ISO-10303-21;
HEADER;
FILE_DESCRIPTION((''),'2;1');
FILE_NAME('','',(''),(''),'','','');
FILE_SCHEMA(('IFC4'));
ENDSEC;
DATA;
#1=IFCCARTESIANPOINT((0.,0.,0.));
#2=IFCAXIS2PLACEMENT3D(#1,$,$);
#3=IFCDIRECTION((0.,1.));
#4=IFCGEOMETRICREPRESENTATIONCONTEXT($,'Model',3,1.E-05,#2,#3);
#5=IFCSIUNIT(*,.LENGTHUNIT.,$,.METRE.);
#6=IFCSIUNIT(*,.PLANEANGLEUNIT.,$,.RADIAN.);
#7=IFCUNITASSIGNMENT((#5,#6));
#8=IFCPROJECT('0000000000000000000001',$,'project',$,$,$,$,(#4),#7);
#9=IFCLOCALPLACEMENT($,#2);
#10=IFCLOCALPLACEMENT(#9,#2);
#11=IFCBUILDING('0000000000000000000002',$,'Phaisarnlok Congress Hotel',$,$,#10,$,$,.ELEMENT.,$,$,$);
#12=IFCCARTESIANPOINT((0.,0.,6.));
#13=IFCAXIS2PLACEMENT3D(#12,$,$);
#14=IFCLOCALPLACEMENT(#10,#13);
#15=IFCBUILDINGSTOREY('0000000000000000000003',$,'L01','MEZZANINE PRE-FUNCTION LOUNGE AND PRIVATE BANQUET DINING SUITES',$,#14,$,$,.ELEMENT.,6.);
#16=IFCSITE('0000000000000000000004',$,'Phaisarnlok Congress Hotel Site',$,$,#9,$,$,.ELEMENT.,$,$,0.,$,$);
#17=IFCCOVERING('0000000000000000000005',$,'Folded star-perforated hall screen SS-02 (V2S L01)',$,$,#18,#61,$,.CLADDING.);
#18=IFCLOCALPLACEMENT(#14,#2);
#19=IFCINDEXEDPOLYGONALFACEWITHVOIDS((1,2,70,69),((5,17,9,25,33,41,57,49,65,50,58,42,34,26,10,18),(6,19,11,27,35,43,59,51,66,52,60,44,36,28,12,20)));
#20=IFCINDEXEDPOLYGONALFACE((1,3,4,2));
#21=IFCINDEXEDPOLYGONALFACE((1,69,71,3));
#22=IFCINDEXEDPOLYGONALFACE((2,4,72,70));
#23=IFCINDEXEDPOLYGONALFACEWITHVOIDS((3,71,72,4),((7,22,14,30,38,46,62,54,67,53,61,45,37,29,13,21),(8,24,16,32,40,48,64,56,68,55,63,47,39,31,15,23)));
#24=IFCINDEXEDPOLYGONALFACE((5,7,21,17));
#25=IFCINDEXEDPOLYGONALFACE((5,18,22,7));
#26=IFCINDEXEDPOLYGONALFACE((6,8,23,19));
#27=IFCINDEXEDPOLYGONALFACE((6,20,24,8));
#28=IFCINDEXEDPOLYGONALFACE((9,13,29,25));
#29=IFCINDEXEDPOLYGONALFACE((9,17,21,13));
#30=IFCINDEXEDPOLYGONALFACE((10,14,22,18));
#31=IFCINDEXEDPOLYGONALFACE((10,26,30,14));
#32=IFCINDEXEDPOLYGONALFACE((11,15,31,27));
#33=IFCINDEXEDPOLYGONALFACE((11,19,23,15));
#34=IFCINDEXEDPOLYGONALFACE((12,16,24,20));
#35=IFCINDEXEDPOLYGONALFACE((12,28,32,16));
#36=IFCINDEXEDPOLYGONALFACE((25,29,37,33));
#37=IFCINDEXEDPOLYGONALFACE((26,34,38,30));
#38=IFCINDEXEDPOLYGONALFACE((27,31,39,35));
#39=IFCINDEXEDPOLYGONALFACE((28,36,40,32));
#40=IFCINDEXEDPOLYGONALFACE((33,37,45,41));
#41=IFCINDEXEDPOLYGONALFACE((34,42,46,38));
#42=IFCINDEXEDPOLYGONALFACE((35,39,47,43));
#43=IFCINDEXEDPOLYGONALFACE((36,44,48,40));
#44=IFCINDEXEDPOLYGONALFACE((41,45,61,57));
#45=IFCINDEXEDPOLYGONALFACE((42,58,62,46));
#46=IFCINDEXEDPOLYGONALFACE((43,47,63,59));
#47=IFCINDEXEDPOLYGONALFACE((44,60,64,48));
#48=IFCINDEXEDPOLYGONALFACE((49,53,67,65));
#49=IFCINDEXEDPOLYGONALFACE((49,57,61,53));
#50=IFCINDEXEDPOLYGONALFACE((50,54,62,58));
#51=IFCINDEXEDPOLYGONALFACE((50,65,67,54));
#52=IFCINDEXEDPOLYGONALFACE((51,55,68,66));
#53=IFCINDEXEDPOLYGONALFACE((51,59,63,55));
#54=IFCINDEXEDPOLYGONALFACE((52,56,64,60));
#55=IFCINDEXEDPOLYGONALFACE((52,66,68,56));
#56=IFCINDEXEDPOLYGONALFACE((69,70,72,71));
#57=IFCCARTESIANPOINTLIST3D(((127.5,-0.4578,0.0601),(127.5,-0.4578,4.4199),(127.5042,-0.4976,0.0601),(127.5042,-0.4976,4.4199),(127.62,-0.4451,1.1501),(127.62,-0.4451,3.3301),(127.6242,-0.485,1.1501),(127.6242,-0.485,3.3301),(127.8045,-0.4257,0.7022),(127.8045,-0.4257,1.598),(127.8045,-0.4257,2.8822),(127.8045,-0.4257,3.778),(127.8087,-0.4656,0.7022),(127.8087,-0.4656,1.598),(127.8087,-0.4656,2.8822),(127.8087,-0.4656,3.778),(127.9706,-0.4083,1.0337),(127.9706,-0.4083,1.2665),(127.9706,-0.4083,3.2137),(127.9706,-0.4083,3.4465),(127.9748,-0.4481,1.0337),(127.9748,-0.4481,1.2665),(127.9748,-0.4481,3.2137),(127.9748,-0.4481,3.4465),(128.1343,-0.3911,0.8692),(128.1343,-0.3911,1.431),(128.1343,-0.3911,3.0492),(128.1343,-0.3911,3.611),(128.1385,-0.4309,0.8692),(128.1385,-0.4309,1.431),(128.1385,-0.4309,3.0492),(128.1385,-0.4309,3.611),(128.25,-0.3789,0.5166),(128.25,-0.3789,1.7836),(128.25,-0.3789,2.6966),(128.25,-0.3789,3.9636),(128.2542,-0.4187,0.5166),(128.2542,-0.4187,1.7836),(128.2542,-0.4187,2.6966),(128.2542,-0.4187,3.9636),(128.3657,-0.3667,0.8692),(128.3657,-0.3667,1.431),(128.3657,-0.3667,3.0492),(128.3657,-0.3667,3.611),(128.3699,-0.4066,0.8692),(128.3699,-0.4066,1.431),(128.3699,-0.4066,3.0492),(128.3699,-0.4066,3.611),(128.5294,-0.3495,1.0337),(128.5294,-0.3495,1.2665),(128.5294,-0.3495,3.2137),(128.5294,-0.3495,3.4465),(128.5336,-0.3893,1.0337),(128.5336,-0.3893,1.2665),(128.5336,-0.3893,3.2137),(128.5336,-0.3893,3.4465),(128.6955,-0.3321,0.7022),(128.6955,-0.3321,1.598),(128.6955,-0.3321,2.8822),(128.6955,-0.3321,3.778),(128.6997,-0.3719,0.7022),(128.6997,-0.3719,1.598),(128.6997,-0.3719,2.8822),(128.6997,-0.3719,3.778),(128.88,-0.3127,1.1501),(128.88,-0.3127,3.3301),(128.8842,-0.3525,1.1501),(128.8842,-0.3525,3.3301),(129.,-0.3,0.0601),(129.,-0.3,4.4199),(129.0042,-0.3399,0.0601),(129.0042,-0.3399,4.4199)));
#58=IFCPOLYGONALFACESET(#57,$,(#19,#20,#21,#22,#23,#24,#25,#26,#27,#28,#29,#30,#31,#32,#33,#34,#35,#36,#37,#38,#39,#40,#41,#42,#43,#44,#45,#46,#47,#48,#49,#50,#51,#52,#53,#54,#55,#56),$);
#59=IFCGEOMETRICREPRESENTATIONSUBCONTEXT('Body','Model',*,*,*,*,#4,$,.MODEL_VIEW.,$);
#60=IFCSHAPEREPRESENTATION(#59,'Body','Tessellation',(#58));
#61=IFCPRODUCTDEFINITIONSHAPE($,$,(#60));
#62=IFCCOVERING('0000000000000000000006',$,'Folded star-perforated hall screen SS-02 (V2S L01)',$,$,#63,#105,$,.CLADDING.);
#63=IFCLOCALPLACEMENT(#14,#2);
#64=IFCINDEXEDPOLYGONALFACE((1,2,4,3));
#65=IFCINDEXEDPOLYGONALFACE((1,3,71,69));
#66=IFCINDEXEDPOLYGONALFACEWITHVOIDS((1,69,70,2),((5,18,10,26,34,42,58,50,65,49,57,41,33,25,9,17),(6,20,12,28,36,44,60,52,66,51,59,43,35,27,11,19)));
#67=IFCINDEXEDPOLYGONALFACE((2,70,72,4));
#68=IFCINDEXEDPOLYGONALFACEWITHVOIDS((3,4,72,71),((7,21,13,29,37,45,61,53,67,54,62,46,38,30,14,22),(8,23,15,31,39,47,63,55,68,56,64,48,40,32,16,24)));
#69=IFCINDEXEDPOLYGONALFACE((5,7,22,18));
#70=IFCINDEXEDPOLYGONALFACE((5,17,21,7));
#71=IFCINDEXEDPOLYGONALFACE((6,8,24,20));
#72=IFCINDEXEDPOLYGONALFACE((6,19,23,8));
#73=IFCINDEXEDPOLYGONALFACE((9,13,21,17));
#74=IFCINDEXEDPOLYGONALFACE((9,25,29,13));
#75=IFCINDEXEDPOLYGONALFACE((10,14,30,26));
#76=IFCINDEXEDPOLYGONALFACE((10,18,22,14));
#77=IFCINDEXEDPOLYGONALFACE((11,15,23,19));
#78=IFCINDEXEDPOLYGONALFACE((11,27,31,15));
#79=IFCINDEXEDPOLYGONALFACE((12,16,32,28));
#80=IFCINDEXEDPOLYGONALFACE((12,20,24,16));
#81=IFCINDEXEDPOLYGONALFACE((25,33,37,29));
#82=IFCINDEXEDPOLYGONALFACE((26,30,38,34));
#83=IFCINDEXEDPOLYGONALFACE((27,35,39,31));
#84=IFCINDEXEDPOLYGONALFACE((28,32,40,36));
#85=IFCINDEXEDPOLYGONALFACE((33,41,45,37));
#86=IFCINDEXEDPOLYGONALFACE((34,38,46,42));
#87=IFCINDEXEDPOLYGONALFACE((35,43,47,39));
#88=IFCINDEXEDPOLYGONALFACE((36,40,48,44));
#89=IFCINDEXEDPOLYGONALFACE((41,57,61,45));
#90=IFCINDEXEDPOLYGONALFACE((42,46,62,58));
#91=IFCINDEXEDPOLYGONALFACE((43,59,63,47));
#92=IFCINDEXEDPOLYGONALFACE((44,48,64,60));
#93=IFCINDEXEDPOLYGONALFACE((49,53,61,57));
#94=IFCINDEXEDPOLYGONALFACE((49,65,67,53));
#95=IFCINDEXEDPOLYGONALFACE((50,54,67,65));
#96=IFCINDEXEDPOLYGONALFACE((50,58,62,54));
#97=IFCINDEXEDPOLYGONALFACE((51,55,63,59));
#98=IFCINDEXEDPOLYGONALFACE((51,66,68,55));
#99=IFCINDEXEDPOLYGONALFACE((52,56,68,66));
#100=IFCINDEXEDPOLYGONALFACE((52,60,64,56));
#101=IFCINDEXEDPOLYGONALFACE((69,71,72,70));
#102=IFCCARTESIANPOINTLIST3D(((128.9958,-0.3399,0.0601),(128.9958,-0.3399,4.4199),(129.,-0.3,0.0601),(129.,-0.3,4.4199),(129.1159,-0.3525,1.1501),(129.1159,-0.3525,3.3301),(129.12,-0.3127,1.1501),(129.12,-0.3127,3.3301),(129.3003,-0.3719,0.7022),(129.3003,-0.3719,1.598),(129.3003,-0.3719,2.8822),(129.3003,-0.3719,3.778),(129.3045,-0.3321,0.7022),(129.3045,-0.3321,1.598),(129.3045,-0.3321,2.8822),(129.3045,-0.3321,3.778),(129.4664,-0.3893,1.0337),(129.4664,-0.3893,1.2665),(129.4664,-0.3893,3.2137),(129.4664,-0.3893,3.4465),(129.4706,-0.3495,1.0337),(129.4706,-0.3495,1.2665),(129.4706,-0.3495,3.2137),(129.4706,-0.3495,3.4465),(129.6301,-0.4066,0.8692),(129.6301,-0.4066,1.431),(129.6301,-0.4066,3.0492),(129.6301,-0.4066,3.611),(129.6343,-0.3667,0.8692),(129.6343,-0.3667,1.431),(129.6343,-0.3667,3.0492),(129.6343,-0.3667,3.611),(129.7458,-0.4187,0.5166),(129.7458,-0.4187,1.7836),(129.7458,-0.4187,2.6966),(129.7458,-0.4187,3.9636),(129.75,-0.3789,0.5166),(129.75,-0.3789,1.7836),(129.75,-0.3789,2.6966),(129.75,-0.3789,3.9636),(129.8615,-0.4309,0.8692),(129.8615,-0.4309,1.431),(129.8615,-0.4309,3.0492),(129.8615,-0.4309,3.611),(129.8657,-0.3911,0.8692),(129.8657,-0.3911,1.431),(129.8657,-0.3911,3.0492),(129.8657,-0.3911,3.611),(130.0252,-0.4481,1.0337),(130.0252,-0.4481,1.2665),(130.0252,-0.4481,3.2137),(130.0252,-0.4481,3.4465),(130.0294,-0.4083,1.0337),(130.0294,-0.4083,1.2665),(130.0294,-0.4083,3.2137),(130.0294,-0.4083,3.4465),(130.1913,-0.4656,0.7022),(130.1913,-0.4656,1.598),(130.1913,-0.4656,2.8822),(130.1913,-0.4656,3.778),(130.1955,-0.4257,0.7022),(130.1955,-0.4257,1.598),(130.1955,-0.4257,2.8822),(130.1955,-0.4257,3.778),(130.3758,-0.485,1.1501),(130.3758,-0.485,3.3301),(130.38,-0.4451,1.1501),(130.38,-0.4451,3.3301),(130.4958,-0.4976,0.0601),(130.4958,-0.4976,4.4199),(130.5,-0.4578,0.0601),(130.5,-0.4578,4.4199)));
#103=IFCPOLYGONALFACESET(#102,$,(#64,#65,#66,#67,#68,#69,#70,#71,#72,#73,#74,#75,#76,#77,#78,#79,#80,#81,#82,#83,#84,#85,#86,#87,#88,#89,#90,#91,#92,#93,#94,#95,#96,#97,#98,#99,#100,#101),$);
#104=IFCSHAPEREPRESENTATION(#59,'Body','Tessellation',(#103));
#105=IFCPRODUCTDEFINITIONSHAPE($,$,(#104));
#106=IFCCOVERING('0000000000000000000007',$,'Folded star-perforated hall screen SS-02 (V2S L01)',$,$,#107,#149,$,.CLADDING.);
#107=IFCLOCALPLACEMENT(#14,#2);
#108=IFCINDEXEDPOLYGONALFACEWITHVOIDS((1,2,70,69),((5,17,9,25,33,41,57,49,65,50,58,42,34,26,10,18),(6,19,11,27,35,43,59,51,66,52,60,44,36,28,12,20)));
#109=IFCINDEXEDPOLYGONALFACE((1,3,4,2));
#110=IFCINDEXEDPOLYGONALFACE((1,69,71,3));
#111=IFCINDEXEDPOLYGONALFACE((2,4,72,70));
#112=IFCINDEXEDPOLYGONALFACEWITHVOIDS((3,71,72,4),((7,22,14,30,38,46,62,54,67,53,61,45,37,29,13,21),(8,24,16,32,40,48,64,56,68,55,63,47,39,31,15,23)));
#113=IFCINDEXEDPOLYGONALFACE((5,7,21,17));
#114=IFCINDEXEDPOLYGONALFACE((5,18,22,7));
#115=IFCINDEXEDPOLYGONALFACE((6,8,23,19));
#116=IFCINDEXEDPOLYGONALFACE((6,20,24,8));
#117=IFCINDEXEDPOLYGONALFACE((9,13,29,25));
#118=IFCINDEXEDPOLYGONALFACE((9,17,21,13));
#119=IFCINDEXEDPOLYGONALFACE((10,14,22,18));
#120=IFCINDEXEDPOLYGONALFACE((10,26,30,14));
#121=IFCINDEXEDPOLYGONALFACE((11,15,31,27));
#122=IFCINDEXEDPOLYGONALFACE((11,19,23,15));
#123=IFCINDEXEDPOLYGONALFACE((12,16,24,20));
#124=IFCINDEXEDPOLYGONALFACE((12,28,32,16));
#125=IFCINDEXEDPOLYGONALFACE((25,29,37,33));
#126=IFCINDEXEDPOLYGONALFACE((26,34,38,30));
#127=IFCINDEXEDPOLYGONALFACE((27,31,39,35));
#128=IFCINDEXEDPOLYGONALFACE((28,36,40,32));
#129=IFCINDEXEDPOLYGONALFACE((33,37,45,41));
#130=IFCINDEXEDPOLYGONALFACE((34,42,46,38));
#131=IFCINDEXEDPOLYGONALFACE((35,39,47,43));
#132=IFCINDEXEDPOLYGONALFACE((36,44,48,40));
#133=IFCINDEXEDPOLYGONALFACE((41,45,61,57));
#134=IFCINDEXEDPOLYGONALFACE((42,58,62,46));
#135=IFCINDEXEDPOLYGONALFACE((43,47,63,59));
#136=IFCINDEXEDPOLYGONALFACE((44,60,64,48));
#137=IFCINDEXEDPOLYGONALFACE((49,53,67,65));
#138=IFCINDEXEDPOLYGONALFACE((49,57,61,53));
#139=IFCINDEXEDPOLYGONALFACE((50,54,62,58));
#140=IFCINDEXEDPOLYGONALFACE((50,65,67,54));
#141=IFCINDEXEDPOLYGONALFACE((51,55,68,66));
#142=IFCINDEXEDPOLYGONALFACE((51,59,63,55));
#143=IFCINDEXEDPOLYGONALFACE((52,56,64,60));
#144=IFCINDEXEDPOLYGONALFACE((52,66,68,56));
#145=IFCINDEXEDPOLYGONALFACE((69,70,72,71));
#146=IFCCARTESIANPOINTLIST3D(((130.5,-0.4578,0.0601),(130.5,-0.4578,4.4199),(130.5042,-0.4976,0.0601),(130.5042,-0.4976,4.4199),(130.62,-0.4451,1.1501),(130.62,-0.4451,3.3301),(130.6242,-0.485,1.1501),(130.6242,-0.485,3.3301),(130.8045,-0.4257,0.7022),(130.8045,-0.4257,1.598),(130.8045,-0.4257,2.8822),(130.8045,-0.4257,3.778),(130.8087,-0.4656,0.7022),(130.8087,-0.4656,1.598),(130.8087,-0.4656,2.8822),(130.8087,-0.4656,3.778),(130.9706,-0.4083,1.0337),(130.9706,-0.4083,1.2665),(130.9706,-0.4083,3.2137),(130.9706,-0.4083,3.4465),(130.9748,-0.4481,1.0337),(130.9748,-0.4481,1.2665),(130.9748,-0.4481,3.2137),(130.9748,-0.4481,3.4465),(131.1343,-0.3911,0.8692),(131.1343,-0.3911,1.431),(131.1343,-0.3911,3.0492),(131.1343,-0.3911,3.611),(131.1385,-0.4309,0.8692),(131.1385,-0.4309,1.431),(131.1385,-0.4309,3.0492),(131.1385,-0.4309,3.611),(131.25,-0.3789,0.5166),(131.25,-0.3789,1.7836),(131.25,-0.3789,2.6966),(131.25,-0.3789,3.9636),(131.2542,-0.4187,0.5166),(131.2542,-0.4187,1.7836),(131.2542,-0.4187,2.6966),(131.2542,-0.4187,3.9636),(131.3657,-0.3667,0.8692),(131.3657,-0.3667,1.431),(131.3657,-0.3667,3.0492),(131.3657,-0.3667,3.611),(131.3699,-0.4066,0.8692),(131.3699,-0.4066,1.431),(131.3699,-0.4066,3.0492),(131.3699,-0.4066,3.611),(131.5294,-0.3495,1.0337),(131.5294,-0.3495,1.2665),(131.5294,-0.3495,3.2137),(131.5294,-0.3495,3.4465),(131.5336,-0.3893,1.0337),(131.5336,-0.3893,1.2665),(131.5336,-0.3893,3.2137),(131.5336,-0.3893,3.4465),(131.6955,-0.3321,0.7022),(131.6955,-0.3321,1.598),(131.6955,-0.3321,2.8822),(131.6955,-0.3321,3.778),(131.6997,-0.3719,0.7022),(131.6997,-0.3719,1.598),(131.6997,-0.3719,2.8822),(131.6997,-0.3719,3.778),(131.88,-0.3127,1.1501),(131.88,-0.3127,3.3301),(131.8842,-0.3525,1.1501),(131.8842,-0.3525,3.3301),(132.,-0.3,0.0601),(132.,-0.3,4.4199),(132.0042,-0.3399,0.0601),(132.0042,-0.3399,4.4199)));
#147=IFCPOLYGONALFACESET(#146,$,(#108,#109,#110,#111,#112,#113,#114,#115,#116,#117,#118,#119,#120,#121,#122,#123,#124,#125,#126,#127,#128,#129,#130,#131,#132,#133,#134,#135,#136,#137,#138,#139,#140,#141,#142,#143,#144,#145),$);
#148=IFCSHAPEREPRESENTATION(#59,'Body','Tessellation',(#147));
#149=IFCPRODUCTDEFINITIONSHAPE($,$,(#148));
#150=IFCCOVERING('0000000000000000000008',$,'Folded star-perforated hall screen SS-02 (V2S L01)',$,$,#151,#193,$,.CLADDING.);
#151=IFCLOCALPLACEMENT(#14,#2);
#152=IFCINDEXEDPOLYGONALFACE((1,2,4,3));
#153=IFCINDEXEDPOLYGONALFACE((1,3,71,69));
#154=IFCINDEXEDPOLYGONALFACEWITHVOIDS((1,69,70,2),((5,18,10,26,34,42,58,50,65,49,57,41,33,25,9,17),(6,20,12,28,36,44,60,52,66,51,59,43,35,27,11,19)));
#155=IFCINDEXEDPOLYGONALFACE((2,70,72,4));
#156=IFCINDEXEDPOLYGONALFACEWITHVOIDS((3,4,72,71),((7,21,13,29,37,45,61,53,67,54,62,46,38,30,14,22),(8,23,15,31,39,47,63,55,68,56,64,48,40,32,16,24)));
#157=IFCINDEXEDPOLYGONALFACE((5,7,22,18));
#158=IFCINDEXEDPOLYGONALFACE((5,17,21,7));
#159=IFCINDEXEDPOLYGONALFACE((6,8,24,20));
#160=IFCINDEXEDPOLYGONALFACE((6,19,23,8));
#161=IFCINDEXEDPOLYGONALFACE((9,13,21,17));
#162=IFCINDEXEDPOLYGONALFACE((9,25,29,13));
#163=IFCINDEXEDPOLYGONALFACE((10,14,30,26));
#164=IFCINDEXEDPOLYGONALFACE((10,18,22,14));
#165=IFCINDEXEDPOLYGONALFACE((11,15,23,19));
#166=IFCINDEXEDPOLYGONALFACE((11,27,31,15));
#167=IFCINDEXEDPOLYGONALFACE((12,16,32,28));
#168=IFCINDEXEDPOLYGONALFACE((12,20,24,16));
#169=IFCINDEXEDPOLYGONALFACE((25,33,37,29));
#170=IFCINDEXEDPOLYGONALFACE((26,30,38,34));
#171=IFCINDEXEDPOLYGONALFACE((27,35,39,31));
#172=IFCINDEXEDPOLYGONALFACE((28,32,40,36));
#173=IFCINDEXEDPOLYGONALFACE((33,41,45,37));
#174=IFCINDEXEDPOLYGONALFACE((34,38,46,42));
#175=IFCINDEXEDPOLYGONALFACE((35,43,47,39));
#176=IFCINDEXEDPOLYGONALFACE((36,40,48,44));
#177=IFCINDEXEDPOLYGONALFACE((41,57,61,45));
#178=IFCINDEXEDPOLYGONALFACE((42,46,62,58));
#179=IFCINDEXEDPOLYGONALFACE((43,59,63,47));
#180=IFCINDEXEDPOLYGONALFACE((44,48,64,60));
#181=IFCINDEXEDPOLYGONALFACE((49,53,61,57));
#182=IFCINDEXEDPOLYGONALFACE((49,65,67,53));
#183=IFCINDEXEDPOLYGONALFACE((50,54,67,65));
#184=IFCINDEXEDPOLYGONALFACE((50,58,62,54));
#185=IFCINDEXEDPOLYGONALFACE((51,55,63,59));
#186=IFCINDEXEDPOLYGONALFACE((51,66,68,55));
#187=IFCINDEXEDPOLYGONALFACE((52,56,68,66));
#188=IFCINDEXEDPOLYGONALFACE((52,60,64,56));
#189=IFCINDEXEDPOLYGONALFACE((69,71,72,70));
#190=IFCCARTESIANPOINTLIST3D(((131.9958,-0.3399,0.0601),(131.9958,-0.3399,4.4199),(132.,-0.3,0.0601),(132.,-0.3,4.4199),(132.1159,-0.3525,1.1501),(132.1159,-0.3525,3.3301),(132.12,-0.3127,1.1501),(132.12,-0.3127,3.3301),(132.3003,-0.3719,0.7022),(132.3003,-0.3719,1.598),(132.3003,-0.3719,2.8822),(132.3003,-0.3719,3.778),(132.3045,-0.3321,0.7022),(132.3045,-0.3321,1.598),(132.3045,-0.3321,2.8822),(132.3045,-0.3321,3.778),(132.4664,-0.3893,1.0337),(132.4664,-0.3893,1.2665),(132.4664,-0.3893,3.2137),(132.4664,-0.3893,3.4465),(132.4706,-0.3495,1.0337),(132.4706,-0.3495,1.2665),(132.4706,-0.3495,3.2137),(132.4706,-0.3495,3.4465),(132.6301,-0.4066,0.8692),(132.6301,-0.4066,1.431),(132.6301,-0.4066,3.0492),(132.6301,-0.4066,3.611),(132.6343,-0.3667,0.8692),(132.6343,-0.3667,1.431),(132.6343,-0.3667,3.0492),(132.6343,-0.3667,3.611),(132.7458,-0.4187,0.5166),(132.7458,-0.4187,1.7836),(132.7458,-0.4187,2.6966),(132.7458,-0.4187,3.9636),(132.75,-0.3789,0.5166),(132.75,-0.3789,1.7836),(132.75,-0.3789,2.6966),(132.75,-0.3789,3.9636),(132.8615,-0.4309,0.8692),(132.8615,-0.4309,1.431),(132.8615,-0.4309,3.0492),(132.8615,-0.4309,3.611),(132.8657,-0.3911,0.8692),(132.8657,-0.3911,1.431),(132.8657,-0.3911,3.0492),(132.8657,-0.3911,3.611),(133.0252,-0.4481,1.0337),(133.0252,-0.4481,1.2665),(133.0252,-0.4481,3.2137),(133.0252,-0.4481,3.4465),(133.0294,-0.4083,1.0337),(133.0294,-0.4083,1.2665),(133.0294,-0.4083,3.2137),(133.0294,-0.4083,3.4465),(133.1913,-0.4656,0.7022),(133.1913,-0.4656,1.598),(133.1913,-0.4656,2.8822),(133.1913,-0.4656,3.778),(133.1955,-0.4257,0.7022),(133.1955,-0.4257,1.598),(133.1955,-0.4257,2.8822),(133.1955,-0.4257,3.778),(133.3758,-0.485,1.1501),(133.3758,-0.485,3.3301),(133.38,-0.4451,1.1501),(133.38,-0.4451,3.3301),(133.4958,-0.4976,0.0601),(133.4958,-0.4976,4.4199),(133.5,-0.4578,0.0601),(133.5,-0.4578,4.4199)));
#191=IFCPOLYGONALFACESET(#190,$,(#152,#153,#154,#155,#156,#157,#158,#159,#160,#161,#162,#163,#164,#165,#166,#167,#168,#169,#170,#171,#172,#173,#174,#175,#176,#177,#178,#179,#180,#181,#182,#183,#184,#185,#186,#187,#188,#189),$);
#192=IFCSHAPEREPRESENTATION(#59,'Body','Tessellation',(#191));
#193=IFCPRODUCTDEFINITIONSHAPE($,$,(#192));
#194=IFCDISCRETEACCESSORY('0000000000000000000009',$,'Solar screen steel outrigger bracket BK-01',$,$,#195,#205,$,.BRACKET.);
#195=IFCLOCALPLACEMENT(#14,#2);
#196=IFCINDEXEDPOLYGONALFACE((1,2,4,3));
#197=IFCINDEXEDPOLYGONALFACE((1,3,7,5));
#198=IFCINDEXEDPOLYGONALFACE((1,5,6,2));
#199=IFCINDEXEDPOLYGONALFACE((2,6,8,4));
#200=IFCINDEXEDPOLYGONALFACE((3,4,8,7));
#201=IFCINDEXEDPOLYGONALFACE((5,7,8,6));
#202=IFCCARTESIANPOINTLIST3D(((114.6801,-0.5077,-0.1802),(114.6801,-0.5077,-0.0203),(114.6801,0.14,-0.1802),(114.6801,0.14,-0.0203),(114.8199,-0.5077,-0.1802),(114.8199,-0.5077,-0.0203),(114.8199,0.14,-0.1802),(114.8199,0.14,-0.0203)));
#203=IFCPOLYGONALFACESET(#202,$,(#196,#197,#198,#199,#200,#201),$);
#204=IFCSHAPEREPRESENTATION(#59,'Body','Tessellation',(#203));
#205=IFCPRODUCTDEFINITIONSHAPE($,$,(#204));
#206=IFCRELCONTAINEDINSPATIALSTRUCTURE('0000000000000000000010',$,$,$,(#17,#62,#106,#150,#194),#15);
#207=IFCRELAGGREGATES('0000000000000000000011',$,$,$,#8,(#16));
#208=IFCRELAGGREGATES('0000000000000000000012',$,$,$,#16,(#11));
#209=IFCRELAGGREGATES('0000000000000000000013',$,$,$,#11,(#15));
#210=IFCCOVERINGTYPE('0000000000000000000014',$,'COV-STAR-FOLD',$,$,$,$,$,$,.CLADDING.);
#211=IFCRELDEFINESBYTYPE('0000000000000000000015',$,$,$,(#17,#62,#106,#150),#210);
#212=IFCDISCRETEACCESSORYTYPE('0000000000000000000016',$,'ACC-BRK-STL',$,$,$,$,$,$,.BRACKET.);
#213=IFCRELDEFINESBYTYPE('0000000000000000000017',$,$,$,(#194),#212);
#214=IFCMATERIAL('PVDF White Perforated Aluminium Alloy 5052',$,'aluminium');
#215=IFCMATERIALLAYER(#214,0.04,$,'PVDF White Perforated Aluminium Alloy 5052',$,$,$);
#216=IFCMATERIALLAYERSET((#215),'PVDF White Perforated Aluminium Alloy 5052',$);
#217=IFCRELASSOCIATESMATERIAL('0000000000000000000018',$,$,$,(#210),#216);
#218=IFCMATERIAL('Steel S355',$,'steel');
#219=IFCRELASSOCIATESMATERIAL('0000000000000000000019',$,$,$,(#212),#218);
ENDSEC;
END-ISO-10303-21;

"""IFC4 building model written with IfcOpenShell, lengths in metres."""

from ifc_helpers import new_model, si_unit, direction, frame, origin, origin_2d, place, context, subcontext, project, spatial, polyline, rectangle, outline, extrude, material, layer, layer_set, type_object, element, save


model = new_model("IFC4")

# Units and contexts
model_context = context("Model", 3, precision=1e-05, world=origin(), true_north=direction((0.0, 1.0)))
body_context = subcontext(model_context, "Body", "Model", "MODEL_VIEW")
ifc_project = project(units=[si_unit("LENGTHUNIT", "METRE"), si_unit("PLANEANGLEUNIT", "RADIAN")], contexts=[model_context])

# Site, building, storey
site_placement = place(None, origin())
site = spatial("IfcSite", under=ifc_project, at=site_placement, Name="Phaisarnlok Congress Hotel Site", CompositionType="ELEMENT", RefElevation=0.0)
building_placement = place(site_placement, origin())
building = spatial("IfcBuilding", under=site, at=building_placement, Name="Phaisarnlok Congress Hotel", CompositionType="ELEMENT")
storey_placement = place(building_placement, frame((0.0, 0.0, 6.0)))
storey = spatial("IfcBuildingStorey", under=building, at=storey_placement, Name="L01", Description="MEZZANINE PRE-FUNCTION LOUNGE AND PRIVATE BANQUET DINING SUITES", CompositionType="ELEMENT", Elevation=6.0)

# Coverings
ifc_material_1 = material(Name="PVDF White Perforated Aluminium Alloy 5052", Category="aluminium")
ifc_layer = layer(ifc_material_1, 0.04, Name="PVDF White Perforated Aluminium Alloy 5052")
ifc_layer_set = layer_set([ifc_layer], Name="PVDF White Perforated Aluminium Alloy 5052")
covering_type = type_object("IfcCoveringType", Name="COV-STAR-FOLD", PredefinedType="CLADDING", material=ifc_layer_set)
for number, where, z_axis, x_axis, name in (
    (1, (127.5, -0.4578, 0.0601), (0.104567, -0.994518, 0.0), (0.994518, 0.104567, 0.0), "Folded star-perforated hall screen SS-02 (V2S L01)"),
    (2, (129.0, -0.3, 0.0601), (-0.104567, -0.994518, 0.0), (0.994518, -0.104567, 0.0), "Folded star-perforated hall screen SS-02 (V2S L01)"),
    (3, (130.5, -0.4578, 0.0601), (0.104567, -0.994518, 0.0), (0.994518, 0.104567, 0.0), "Folded star-perforated hall screen SS-02 (V2S L01)"),
    (4, (132.0, -0.3, 0.0601), (-0.104567, -0.994518, 0.0), (0.994518, -0.104567, 0.0), "Folded star-perforated hall screen SS-02 (V2S L01)"),
):
    element("IfcCovering", number, at=place(storey_placement, frame(where, z_axis=z_axis, x_axis=x_axis)), inside=storey, type_object=covering_type, Name=name, PredefinedType="CLADDING", context=body_context, shape_type="SweptSolid", body=[
        extrude(outline(polyline([(0.0, 0.0), (1.5083, 0.0), (1.5083, 4.3599), (0.0, 4.3599), (0.0, 0.0)]), holes=[polyline([(1.0351, 0.9736), (1.2021, 0.6421), (0.8705, 0.8091), (0.7541, 0.4565), (0.6378, 0.8091), (0.3062, 0.6421), (0.4732, 0.9736), (0.1207, 1.09), (0.4732, 1.2064), (0.3062, 1.5379), (0.6378, 1.3709), (0.7541, 1.7235), (0.8705, 1.3709), (1.2021, 1.5379), (1.0351, 1.2064), (1.3876, 1.09), (1.0351, 0.9736)]), polyline([(1.0351, 3.1536), (1.2021, 2.8221), (0.8705, 2.9891), (0.7541, 2.6365), (0.6378, 2.9891), (0.3062, 2.8221), (0.4732, 3.1536), (0.1207, 3.27), (0.4732, 3.3864), (0.3062, 3.7179), (0.6378, 3.5509), (0.7541, 3.9035), (0.8705, 3.5509), (1.2021, 3.7179), (1.0351, 3.3864), (1.3876, 3.27), (1.0351, 3.1536)])]), origin(), (0.0, 0.0, 1.0), 0.04),
    ])

# Discrete accessory
ifc_material_2 = material(Name="Steel S355", Category="steel")
discrete_accessory_type = type_object("IfcDiscreteAccessoryType", Name="ACC-BRK-STL", PredefinedType="BRACKET", material=ifc_material_2)
for number, where, z_axis, x_axis, name in (
    (5, (114.75, -0.1838, -0.1802), (0.0, 0.0, 1.0), (1.0, 0.0, 0.0), "Solar screen steel outrigger bracket BK-01"),
):
    element("IfcDiscreteAccessory", number, at=place(storey_placement, frame(where, z_axis=z_axis, x_axis=x_axis)), inside=storey, type_object=discrete_accessory_type, Name=name, PredefinedType="BRACKET", context=body_context, shape_type="SweptSolid", body=[
        extrude(rectangle(XDim=0.1399, YDim=0.6477, at=origin_2d()), origin(), (0.0, 0.0, 1.0), 0.1599),
    ])

save(model, "model.ifc")
